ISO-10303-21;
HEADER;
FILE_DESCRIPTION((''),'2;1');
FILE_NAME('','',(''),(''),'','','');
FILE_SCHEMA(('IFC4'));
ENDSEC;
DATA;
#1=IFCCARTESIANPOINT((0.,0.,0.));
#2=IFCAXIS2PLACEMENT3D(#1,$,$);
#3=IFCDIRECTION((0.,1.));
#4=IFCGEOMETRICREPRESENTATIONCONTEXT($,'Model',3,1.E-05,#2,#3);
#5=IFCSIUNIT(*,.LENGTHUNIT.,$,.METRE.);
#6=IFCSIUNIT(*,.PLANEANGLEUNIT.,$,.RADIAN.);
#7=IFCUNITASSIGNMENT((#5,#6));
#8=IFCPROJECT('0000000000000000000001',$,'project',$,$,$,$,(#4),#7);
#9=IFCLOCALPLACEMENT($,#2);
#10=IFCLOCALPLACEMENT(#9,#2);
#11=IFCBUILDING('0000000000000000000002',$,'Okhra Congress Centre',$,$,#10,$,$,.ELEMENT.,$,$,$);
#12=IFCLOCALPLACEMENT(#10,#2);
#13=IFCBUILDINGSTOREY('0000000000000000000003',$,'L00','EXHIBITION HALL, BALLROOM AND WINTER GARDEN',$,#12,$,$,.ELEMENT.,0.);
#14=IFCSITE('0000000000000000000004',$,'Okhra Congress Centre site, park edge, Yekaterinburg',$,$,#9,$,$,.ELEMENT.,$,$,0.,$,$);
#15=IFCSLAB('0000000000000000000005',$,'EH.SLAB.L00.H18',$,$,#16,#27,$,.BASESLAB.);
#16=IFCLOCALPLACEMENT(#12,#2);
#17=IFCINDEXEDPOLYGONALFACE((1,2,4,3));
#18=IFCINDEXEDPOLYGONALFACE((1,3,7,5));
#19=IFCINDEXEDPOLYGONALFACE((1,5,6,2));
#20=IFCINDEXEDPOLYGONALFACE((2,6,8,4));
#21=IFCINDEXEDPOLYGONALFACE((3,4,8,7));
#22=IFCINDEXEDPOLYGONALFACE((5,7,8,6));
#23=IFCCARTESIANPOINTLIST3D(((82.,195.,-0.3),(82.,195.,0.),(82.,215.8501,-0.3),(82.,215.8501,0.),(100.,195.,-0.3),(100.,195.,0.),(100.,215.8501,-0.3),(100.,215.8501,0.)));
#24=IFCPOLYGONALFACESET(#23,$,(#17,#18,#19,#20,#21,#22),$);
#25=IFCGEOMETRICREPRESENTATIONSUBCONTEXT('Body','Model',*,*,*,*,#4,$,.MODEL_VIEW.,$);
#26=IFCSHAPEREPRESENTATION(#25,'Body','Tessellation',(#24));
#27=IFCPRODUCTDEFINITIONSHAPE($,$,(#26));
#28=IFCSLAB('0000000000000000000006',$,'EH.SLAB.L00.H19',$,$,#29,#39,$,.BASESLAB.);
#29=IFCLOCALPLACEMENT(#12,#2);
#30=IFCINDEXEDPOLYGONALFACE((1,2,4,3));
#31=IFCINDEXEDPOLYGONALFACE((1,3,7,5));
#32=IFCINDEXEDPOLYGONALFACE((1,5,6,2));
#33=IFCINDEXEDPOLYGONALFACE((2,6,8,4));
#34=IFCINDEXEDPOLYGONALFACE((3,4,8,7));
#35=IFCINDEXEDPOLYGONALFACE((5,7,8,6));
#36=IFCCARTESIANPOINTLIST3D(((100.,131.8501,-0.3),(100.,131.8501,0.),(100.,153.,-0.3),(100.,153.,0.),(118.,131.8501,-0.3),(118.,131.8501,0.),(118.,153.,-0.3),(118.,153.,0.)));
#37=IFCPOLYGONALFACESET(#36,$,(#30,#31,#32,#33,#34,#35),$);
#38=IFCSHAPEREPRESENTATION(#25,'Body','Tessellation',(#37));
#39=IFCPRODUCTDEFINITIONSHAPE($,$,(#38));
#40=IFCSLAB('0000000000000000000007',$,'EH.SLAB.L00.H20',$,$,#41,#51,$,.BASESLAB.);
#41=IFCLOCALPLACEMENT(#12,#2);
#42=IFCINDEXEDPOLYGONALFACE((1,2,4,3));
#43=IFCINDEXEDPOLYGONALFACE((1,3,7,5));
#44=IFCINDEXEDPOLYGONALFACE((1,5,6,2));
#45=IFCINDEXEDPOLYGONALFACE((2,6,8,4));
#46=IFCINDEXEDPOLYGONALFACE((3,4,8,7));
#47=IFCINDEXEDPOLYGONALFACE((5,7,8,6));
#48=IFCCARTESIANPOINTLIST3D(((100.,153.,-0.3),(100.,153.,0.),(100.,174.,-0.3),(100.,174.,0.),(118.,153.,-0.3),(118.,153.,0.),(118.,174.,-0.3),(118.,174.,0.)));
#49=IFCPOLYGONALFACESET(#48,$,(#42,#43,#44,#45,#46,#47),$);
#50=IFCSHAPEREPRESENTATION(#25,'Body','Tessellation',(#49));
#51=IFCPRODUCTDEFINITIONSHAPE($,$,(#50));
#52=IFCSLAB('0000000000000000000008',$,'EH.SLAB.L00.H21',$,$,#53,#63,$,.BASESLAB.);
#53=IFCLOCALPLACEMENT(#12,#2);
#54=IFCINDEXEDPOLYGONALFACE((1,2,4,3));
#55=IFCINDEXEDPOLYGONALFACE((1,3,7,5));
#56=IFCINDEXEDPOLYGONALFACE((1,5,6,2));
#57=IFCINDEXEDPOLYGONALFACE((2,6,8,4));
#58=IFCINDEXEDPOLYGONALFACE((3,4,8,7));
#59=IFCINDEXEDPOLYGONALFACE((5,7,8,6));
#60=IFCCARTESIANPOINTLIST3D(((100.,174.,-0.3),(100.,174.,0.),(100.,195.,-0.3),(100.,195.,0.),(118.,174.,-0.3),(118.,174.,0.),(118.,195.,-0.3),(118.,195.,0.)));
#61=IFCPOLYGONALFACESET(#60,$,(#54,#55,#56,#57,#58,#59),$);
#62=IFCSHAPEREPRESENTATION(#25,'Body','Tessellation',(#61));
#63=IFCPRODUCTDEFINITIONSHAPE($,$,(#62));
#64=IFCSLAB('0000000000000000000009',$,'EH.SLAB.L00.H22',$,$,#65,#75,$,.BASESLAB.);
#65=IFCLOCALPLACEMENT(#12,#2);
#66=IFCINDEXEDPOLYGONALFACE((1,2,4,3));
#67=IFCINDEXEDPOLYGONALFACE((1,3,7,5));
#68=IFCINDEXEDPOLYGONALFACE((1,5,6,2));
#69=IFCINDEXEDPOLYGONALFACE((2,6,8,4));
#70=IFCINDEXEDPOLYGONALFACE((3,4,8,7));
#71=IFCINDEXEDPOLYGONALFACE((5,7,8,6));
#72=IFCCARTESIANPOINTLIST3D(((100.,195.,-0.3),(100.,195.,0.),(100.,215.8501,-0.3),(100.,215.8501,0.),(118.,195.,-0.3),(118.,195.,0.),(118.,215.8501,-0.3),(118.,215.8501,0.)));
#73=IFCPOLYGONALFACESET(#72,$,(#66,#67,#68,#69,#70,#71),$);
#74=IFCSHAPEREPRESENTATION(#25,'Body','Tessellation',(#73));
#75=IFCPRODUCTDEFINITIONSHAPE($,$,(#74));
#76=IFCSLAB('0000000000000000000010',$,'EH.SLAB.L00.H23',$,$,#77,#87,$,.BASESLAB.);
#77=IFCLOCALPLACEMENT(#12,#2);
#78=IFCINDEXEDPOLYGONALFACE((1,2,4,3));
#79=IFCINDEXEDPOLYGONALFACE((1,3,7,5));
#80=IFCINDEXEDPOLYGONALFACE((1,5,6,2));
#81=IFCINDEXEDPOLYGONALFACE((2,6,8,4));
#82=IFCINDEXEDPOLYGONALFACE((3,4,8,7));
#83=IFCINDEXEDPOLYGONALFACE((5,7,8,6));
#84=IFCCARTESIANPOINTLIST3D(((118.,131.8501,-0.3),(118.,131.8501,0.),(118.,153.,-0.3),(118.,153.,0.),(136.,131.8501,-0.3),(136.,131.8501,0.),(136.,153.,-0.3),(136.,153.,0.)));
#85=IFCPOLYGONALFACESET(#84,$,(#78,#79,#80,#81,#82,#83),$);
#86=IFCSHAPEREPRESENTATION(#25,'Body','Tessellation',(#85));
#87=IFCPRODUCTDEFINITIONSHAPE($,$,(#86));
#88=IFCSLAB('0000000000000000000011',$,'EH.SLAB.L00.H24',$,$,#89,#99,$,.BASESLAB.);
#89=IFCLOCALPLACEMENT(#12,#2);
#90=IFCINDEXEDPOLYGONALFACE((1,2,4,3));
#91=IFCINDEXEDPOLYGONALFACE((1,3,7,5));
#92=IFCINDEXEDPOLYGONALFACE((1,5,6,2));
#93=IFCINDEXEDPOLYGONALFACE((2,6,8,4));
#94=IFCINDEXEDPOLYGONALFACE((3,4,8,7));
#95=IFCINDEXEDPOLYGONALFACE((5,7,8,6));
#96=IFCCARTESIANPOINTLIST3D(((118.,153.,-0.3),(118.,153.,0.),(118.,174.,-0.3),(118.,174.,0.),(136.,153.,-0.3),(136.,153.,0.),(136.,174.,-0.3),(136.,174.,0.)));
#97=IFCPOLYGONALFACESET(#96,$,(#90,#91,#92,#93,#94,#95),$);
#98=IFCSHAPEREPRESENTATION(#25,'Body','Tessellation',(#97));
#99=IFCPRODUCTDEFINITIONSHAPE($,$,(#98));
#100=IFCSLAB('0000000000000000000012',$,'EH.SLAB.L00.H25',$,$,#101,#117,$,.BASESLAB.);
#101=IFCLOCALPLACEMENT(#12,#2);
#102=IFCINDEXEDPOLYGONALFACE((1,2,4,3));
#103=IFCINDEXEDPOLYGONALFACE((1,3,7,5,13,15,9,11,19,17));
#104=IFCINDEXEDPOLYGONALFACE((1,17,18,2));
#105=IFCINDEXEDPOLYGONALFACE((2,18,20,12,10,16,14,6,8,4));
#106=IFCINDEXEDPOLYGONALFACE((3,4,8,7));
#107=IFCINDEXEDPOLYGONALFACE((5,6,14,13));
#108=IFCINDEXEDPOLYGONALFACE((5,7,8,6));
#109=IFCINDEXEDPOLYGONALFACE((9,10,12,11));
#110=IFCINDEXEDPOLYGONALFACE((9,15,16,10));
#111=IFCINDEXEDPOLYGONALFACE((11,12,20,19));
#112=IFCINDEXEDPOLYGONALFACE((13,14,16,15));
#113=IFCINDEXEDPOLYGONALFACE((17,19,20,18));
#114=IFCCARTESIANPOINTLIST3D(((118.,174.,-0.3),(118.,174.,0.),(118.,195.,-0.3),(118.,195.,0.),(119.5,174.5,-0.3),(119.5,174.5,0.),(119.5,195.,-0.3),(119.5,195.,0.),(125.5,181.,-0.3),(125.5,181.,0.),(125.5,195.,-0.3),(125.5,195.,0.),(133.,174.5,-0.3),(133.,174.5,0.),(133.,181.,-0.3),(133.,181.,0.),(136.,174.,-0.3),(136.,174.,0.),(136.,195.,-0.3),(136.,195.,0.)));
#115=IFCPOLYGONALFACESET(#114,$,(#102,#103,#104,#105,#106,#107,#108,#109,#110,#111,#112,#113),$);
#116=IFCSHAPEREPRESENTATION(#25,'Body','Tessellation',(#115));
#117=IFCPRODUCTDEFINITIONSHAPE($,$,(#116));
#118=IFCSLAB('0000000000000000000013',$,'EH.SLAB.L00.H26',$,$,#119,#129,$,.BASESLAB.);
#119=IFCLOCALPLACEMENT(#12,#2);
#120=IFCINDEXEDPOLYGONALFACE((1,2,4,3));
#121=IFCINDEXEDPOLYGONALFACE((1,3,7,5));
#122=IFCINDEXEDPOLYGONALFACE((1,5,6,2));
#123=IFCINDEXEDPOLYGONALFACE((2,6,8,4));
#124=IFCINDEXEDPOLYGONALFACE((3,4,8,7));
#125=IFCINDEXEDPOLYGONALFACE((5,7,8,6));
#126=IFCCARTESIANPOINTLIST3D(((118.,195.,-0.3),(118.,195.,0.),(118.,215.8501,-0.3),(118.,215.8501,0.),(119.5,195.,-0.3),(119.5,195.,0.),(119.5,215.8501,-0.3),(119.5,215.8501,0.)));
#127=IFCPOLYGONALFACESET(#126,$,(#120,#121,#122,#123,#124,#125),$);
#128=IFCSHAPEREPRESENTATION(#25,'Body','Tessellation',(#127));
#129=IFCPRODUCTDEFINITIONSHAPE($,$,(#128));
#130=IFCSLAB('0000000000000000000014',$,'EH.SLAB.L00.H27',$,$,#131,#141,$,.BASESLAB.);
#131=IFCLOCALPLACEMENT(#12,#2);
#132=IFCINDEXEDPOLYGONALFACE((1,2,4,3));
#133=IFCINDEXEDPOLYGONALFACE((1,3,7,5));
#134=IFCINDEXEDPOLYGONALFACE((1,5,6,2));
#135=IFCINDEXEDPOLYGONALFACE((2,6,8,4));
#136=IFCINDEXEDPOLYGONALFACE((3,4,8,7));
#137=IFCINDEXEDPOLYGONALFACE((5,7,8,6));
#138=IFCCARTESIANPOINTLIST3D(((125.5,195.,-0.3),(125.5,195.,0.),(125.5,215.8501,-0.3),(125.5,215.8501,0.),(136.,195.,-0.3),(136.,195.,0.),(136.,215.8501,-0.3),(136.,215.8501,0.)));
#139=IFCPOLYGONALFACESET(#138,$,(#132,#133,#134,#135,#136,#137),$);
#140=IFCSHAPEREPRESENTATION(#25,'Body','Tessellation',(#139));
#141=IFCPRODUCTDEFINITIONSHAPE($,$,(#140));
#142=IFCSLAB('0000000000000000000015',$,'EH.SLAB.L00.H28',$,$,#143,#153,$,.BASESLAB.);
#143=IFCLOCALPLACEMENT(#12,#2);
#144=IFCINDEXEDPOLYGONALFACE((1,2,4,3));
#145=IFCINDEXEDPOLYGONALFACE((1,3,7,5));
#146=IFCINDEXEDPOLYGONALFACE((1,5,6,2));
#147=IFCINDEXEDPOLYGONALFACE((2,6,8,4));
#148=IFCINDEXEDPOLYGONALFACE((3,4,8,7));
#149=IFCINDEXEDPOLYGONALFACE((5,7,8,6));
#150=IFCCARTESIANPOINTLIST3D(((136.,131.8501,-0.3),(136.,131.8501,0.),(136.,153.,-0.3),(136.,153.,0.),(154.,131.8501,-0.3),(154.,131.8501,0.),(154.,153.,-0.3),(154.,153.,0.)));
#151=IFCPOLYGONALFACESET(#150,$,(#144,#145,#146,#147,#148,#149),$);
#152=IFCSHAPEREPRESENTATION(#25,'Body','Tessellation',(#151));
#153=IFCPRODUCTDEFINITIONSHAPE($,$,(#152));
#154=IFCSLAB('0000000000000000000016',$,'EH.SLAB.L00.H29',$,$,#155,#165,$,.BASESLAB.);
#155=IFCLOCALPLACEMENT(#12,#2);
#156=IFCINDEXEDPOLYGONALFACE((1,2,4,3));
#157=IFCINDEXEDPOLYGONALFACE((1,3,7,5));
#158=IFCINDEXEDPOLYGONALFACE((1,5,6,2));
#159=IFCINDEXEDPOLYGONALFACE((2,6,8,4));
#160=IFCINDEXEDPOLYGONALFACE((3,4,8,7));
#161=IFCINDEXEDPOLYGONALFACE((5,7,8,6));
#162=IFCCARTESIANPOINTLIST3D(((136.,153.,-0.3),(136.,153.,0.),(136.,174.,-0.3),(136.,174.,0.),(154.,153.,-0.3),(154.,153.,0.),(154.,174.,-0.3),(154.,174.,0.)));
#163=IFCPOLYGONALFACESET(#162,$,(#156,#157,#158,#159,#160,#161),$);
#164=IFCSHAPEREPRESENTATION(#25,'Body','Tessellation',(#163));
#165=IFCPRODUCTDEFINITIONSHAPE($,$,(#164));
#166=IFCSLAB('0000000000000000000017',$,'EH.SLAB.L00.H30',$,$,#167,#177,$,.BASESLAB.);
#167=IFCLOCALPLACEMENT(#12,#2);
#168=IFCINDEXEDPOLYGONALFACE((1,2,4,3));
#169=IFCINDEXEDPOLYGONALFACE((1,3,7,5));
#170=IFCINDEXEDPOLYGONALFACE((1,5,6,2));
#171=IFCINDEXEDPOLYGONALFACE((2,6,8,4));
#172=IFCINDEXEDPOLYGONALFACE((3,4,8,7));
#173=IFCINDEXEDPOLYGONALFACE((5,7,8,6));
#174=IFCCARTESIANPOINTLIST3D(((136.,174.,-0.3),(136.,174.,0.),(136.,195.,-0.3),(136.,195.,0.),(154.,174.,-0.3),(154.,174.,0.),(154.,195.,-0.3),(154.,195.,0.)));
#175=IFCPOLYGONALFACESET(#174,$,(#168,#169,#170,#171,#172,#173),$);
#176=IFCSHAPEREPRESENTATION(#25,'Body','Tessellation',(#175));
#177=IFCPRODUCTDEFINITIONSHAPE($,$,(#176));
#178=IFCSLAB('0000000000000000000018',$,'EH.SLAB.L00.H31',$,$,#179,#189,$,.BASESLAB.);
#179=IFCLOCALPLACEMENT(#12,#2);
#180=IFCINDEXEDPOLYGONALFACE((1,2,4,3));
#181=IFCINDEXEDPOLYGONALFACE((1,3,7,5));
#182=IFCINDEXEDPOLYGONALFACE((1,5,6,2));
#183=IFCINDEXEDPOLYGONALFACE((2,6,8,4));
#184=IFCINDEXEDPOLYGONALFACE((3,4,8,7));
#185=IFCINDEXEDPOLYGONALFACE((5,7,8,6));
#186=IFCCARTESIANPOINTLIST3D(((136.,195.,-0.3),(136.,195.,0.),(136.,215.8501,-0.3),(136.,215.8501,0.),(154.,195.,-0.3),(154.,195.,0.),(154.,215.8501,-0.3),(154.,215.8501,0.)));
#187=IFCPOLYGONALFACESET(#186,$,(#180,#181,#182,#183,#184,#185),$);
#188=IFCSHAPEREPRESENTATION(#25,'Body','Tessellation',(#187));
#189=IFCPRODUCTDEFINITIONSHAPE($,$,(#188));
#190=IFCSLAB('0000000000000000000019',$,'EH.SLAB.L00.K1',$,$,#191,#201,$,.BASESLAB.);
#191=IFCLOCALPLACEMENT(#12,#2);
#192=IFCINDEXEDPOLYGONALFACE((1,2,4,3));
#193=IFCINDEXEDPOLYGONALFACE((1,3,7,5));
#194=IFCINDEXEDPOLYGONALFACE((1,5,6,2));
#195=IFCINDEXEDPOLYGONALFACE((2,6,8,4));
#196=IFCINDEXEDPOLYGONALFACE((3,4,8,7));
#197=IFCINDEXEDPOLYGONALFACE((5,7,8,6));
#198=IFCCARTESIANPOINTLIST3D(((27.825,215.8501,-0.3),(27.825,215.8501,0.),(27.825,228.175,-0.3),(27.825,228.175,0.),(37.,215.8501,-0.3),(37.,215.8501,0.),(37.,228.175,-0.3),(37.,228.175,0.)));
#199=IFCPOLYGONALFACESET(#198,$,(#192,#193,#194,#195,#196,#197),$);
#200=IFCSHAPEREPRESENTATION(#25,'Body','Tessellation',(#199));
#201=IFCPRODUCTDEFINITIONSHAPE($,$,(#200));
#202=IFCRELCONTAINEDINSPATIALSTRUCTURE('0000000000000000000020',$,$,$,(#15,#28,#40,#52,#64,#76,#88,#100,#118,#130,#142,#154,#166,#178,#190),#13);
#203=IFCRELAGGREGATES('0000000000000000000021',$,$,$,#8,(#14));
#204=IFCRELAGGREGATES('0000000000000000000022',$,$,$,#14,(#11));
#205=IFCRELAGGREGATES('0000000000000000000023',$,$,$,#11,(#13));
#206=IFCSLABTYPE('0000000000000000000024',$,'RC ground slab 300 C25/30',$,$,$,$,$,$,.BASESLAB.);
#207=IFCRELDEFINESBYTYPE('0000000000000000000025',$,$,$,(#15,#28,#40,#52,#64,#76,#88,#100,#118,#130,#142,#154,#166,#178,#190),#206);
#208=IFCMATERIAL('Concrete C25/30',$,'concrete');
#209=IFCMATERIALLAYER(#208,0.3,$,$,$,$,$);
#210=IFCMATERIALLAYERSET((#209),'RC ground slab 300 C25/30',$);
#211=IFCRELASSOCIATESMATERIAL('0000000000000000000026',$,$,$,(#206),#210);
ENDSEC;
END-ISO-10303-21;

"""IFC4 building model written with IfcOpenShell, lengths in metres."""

from ifc_helpers import new_model, si_unit, direction, frame, origin, place, context, subcontext, project, spatial, polyline, outline, extrude, material, layer, layer_set, type_object, element, save


model = new_model("IFC4")

# Units and contexts
model_context = context("Model", 3, precision=1e-05, world=origin(), true_north=direction((0.0, 1.0)))
body_context = subcontext(model_context, "Body", "Model", "MODEL_VIEW")
ifc_project = project(units=[si_unit("LENGTHUNIT", "METRE"), si_unit("PLANEANGLEUNIT", "RADIAN")], contexts=[model_context])

# Site, building, storey
site_placement = place(None, origin())
site = spatial("IfcSite", under=ifc_project, at=site_placement, Name="Okhra Congress Centre site, park edge, Yekaterinburg", CompositionType="ELEMENT", RefElevation=0.0)
building_placement = place(site_placement, origin())
building = spatial("IfcBuilding", under=site, at=building_placement, Name="Okhra Congress Centre", CompositionType="ELEMENT")
storey_placement = place(building_placement, origin())
storey = spatial("IfcBuildingStorey", under=building, at=storey_placement, Name="L00", Description="EXHIBITION HALL, BALLROOM AND WINTER GARDEN", CompositionType="ELEMENT", Elevation=0.0)

# Slabs
ifc_material = material(Name="Concrete C25/30", Category="concrete")
ifc_layer = layer(ifc_material, 0.3)
ifc_layer_set = layer_set([ifc_layer], Name="RC ground slab 300 C25/30")
slab_type = type_object("IfcSlabType", Name="RC ground slab 300 C25/30", PredefinedType="BASESLAB", material=ifc_layer_set)
slab_1_placement = place(storey_placement, frame((0.0, 0.0, -0.3)))
element("IfcSlab", 1, at=slab_1_placement, inside=storey, type_object=slab_type, Name="EH.SLAB.L00.H18", PredefinedType="BASESLAB", context=body_context, shape_type="SweptSolid", body=[
    extrude(outline(polyline([(82.0, 195.0), (100.0, 195.0), (100.0, 215.8501), (82.0, 215.8501), (82.0, 195.0)])), origin(), (0.0, 0.0, 1.0), 0.3),
])
slab_2_placement = place(storey_placement, frame((0.0, 0.0, -0.3)))
element("IfcSlab", 2, at=slab_2_placement, inside=storey, type_object=slab_type, Name="EH.SLAB.L00.H19", PredefinedType="BASESLAB", context=body_context, shape_type="SweptSolid", body=[
    extrude(outline(polyline([(100.0, 131.8501), (118.0, 131.8501), (118.0, 153.0), (100.0, 153.0), (100.0, 131.8501)])), origin(), (0.0, 0.0, 1.0), 0.3),
])
slab_3_placement = place(storey_placement, frame((0.0, 0.0, -0.3)))
element("IfcSlab", 3, at=slab_3_placement, inside=storey, type_object=slab_type, Name="EH.SLAB.L00.H20", PredefinedType="BASESLAB", context=body_context, shape_type="SweptSolid", body=[
    extrude(outline(polyline([(100.0, 153.0), (118.0, 153.0), (118.0, 174.0), (100.0, 174.0), (100.0, 153.0)])), origin(), (0.0, 0.0, 1.0), 0.3),
])
slab_4_placement = place(storey_placement, frame((0.0, 0.0, -0.3)))
element("IfcSlab", 4, at=slab_4_placement, inside=storey, type_object=slab_type, Name="EH.SLAB.L00.H21", PredefinedType="BASESLAB", context=body_context, shape_type="SweptSolid", body=[
    extrude(outline(polyline([(100.0, 174.0), (118.0, 174.0), (118.0, 195.0), (100.0, 195.0), (100.0, 174.0)])), origin(), (0.0, 0.0, 1.0), 0.3),
])
slab_5_placement = place(storey_placement, frame((0.0, 0.0, -0.3)))
element("IfcSlab", 5, at=slab_5_placement, inside=storey, type_object=slab_type, Name="EH.SLAB.L00.H22", PredefinedType="BASESLAB", context=body_context, shape_type="SweptSolid", body=[
    extrude(outline(polyline([(100.0, 195.0), (118.0, 195.0), (118.0, 215.8501), (100.0, 215.8501), (100.0, 195.0)])), origin(), (0.0, 0.0, 1.0), 0.3),
])
slab_6_placement = place(storey_placement, frame((0.0, 0.0, -0.3)))
element("IfcSlab", 6, at=slab_6_placement, inside=storey, type_object=slab_type, Name="EH.SLAB.L00.H23", PredefinedType="BASESLAB", context=body_context, shape_type="SweptSolid", body=[
    extrude(outline(polyline([(118.0, 131.8501), (136.0, 131.8501), (136.0, 153.0), (118.0, 153.0), (118.0, 131.8501)])), origin(), (0.0, 0.0, 1.0), 0.3),
])
slab_7_placement = place(storey_placement, frame((0.0, 0.0, -0.3)))
element("IfcSlab", 7, at=slab_7_placement, inside=storey, type_object=slab_type, Name="EH.SLAB.L00.H24", PredefinedType="BASESLAB", context=body_context, shape_type="SweptSolid", body=[
    extrude(outline(polyline([(118.0, 153.0), (136.0, 153.0), (136.0, 174.0), (118.0, 174.0), (118.0, 153.0)])), origin(), (0.0, 0.0, 1.0), 0.3),
])
slab_8_placement = place(storey_placement, frame((0.0, 0.0, -0.3)))
element("IfcSlab", 8, at=slab_8_placement, inside=storey, type_object=slab_type, Name="EH.SLAB.L00.H25", PredefinedType="BASESLAB", context=body_context, shape_type="SweptSolid", body=[
    extrude(outline(polyline([(125.5, 195.0), (125.5, 181.0), (133.0, 181.0), (133.0, 174.5), (119.5, 174.5), (119.5, 195.0), (118.0, 195.0), (118.0, 174.0), (136.0, 174.0), (136.0, 195.0), (125.5, 195.0)])), origin(), (0.0, 0.0, 1.0), 0.3),
])
slab_9_placement = place(storey_placement, frame((0.0, 0.0, -0.3)))
element("IfcSlab", 9, at=slab_9_placement, inside=storey, type_object=slab_type, Name="EH.SLAB.L00.H26", PredefinedType="BASESLAB", context=body_context, shape_type="SweptSolid", body=[
    extrude(outline(polyline([(119.5, 195.0), (119.5, 215.8501), (118.0, 215.8501), (118.0, 195.0), (119.5, 195.0)])), origin(), (0.0, 0.0, 1.0), 0.3),
])
slab_10_placement = place(storey_placement, frame((0.0, 0.0, -0.3)))
element("IfcSlab", 10, at=slab_10_placement, inside=storey, type_object=slab_type, Name="EH.SLAB.L00.H27", PredefinedType="BASESLAB", context=body_context, shape_type="SweptSolid", body=[
    extrude(outline(polyline([(125.5, 215.8501), (125.5, 195.0), (136.0, 195.0), (136.0, 215.8501), (125.5, 215.8501)])), origin(), (0.0, 0.0, 1.0), 0.3),
])
slab_11_placement = place(storey_placement, frame((0.0, 0.0, -0.3)))
element("IfcSlab", 11, at=slab_11_placement, inside=storey, type_object=slab_type, Name="EH.SLAB.L00.H28", PredefinedType="BASESLAB", context=body_context, shape_type="SweptSolid", body=[
    extrude(outline(polyline([(136.0, 131.8501), (154.0, 131.8501), (154.0, 153.0), (136.0, 153.0), (136.0, 131.8501)])), origin(), (0.0, 0.0, 1.0), 0.3),
])
slab_12_placement = place(storey_placement, frame((0.0, 0.0, -0.3)))
element("IfcSlab", 12, at=slab_12_placement, inside=storey, type_object=slab_type, Name="EH.SLAB.L00.H29", PredefinedType="BASESLAB", context=body_context, shape_type="SweptSolid", body=[
    extrude(outline(polyline([(136.0, 153.0), (154.0, 153.0), (154.0, 174.0), (136.0, 174.0), (136.0, 153.0)])), origin(), (0.0, 0.0, 1.0), 0.3),
])
slab_13_placement = place(storey_placement, frame((0.0, 0.0, -0.3)))
element("IfcSlab", 13, at=slab_13_placement, inside=storey, type_object=slab_type, Name="EH.SLAB.L00.H30", PredefinedType="BASESLAB", context=body_context, shape_type="SweptSolid", body=[
    extrude(outline(polyline([(136.0, 174.0), (154.0, 174.0), (154.0, 195.0), (136.0, 195.0), (136.0, 174.0)])), origin(), (0.0, 0.0, 1.0), 0.3),
])
slab_14_placement = place(storey_placement, frame((0.0, 0.0, -0.3)))
element("IfcSlab", 14, at=slab_14_placement, inside=storey, type_object=slab_type, Name="EH.SLAB.L00.H31", PredefinedType="BASESLAB", context=body_context, shape_type="SweptSolid", body=[
    extrude(outline(polyline([(136.0, 195.0), (154.0, 195.0), (154.0, 215.8501), (136.0, 215.8501), (136.0, 195.0)])), origin(), (0.0, 0.0, 1.0), 0.3),
])
slab_15_placement = place(storey_placement, frame((0.0, 0.0, -0.3)))
element("IfcSlab", 15, at=slab_15_placement, inside=storey, type_object=slab_type, Name="EH.SLAB.L00.K1", PredefinedType="BASESLAB", context=body_context, shape_type="SweptSolid", body=[
    extrude(outline(polyline([(27.825, 215.8501), (37.0, 215.8501), (37.0, 228.175), (27.825, 228.175), (27.825, 215.8501)])), origin(), (0.0, 0.0, 1.0), 0.3),
])

save(model, "model.ifc")
